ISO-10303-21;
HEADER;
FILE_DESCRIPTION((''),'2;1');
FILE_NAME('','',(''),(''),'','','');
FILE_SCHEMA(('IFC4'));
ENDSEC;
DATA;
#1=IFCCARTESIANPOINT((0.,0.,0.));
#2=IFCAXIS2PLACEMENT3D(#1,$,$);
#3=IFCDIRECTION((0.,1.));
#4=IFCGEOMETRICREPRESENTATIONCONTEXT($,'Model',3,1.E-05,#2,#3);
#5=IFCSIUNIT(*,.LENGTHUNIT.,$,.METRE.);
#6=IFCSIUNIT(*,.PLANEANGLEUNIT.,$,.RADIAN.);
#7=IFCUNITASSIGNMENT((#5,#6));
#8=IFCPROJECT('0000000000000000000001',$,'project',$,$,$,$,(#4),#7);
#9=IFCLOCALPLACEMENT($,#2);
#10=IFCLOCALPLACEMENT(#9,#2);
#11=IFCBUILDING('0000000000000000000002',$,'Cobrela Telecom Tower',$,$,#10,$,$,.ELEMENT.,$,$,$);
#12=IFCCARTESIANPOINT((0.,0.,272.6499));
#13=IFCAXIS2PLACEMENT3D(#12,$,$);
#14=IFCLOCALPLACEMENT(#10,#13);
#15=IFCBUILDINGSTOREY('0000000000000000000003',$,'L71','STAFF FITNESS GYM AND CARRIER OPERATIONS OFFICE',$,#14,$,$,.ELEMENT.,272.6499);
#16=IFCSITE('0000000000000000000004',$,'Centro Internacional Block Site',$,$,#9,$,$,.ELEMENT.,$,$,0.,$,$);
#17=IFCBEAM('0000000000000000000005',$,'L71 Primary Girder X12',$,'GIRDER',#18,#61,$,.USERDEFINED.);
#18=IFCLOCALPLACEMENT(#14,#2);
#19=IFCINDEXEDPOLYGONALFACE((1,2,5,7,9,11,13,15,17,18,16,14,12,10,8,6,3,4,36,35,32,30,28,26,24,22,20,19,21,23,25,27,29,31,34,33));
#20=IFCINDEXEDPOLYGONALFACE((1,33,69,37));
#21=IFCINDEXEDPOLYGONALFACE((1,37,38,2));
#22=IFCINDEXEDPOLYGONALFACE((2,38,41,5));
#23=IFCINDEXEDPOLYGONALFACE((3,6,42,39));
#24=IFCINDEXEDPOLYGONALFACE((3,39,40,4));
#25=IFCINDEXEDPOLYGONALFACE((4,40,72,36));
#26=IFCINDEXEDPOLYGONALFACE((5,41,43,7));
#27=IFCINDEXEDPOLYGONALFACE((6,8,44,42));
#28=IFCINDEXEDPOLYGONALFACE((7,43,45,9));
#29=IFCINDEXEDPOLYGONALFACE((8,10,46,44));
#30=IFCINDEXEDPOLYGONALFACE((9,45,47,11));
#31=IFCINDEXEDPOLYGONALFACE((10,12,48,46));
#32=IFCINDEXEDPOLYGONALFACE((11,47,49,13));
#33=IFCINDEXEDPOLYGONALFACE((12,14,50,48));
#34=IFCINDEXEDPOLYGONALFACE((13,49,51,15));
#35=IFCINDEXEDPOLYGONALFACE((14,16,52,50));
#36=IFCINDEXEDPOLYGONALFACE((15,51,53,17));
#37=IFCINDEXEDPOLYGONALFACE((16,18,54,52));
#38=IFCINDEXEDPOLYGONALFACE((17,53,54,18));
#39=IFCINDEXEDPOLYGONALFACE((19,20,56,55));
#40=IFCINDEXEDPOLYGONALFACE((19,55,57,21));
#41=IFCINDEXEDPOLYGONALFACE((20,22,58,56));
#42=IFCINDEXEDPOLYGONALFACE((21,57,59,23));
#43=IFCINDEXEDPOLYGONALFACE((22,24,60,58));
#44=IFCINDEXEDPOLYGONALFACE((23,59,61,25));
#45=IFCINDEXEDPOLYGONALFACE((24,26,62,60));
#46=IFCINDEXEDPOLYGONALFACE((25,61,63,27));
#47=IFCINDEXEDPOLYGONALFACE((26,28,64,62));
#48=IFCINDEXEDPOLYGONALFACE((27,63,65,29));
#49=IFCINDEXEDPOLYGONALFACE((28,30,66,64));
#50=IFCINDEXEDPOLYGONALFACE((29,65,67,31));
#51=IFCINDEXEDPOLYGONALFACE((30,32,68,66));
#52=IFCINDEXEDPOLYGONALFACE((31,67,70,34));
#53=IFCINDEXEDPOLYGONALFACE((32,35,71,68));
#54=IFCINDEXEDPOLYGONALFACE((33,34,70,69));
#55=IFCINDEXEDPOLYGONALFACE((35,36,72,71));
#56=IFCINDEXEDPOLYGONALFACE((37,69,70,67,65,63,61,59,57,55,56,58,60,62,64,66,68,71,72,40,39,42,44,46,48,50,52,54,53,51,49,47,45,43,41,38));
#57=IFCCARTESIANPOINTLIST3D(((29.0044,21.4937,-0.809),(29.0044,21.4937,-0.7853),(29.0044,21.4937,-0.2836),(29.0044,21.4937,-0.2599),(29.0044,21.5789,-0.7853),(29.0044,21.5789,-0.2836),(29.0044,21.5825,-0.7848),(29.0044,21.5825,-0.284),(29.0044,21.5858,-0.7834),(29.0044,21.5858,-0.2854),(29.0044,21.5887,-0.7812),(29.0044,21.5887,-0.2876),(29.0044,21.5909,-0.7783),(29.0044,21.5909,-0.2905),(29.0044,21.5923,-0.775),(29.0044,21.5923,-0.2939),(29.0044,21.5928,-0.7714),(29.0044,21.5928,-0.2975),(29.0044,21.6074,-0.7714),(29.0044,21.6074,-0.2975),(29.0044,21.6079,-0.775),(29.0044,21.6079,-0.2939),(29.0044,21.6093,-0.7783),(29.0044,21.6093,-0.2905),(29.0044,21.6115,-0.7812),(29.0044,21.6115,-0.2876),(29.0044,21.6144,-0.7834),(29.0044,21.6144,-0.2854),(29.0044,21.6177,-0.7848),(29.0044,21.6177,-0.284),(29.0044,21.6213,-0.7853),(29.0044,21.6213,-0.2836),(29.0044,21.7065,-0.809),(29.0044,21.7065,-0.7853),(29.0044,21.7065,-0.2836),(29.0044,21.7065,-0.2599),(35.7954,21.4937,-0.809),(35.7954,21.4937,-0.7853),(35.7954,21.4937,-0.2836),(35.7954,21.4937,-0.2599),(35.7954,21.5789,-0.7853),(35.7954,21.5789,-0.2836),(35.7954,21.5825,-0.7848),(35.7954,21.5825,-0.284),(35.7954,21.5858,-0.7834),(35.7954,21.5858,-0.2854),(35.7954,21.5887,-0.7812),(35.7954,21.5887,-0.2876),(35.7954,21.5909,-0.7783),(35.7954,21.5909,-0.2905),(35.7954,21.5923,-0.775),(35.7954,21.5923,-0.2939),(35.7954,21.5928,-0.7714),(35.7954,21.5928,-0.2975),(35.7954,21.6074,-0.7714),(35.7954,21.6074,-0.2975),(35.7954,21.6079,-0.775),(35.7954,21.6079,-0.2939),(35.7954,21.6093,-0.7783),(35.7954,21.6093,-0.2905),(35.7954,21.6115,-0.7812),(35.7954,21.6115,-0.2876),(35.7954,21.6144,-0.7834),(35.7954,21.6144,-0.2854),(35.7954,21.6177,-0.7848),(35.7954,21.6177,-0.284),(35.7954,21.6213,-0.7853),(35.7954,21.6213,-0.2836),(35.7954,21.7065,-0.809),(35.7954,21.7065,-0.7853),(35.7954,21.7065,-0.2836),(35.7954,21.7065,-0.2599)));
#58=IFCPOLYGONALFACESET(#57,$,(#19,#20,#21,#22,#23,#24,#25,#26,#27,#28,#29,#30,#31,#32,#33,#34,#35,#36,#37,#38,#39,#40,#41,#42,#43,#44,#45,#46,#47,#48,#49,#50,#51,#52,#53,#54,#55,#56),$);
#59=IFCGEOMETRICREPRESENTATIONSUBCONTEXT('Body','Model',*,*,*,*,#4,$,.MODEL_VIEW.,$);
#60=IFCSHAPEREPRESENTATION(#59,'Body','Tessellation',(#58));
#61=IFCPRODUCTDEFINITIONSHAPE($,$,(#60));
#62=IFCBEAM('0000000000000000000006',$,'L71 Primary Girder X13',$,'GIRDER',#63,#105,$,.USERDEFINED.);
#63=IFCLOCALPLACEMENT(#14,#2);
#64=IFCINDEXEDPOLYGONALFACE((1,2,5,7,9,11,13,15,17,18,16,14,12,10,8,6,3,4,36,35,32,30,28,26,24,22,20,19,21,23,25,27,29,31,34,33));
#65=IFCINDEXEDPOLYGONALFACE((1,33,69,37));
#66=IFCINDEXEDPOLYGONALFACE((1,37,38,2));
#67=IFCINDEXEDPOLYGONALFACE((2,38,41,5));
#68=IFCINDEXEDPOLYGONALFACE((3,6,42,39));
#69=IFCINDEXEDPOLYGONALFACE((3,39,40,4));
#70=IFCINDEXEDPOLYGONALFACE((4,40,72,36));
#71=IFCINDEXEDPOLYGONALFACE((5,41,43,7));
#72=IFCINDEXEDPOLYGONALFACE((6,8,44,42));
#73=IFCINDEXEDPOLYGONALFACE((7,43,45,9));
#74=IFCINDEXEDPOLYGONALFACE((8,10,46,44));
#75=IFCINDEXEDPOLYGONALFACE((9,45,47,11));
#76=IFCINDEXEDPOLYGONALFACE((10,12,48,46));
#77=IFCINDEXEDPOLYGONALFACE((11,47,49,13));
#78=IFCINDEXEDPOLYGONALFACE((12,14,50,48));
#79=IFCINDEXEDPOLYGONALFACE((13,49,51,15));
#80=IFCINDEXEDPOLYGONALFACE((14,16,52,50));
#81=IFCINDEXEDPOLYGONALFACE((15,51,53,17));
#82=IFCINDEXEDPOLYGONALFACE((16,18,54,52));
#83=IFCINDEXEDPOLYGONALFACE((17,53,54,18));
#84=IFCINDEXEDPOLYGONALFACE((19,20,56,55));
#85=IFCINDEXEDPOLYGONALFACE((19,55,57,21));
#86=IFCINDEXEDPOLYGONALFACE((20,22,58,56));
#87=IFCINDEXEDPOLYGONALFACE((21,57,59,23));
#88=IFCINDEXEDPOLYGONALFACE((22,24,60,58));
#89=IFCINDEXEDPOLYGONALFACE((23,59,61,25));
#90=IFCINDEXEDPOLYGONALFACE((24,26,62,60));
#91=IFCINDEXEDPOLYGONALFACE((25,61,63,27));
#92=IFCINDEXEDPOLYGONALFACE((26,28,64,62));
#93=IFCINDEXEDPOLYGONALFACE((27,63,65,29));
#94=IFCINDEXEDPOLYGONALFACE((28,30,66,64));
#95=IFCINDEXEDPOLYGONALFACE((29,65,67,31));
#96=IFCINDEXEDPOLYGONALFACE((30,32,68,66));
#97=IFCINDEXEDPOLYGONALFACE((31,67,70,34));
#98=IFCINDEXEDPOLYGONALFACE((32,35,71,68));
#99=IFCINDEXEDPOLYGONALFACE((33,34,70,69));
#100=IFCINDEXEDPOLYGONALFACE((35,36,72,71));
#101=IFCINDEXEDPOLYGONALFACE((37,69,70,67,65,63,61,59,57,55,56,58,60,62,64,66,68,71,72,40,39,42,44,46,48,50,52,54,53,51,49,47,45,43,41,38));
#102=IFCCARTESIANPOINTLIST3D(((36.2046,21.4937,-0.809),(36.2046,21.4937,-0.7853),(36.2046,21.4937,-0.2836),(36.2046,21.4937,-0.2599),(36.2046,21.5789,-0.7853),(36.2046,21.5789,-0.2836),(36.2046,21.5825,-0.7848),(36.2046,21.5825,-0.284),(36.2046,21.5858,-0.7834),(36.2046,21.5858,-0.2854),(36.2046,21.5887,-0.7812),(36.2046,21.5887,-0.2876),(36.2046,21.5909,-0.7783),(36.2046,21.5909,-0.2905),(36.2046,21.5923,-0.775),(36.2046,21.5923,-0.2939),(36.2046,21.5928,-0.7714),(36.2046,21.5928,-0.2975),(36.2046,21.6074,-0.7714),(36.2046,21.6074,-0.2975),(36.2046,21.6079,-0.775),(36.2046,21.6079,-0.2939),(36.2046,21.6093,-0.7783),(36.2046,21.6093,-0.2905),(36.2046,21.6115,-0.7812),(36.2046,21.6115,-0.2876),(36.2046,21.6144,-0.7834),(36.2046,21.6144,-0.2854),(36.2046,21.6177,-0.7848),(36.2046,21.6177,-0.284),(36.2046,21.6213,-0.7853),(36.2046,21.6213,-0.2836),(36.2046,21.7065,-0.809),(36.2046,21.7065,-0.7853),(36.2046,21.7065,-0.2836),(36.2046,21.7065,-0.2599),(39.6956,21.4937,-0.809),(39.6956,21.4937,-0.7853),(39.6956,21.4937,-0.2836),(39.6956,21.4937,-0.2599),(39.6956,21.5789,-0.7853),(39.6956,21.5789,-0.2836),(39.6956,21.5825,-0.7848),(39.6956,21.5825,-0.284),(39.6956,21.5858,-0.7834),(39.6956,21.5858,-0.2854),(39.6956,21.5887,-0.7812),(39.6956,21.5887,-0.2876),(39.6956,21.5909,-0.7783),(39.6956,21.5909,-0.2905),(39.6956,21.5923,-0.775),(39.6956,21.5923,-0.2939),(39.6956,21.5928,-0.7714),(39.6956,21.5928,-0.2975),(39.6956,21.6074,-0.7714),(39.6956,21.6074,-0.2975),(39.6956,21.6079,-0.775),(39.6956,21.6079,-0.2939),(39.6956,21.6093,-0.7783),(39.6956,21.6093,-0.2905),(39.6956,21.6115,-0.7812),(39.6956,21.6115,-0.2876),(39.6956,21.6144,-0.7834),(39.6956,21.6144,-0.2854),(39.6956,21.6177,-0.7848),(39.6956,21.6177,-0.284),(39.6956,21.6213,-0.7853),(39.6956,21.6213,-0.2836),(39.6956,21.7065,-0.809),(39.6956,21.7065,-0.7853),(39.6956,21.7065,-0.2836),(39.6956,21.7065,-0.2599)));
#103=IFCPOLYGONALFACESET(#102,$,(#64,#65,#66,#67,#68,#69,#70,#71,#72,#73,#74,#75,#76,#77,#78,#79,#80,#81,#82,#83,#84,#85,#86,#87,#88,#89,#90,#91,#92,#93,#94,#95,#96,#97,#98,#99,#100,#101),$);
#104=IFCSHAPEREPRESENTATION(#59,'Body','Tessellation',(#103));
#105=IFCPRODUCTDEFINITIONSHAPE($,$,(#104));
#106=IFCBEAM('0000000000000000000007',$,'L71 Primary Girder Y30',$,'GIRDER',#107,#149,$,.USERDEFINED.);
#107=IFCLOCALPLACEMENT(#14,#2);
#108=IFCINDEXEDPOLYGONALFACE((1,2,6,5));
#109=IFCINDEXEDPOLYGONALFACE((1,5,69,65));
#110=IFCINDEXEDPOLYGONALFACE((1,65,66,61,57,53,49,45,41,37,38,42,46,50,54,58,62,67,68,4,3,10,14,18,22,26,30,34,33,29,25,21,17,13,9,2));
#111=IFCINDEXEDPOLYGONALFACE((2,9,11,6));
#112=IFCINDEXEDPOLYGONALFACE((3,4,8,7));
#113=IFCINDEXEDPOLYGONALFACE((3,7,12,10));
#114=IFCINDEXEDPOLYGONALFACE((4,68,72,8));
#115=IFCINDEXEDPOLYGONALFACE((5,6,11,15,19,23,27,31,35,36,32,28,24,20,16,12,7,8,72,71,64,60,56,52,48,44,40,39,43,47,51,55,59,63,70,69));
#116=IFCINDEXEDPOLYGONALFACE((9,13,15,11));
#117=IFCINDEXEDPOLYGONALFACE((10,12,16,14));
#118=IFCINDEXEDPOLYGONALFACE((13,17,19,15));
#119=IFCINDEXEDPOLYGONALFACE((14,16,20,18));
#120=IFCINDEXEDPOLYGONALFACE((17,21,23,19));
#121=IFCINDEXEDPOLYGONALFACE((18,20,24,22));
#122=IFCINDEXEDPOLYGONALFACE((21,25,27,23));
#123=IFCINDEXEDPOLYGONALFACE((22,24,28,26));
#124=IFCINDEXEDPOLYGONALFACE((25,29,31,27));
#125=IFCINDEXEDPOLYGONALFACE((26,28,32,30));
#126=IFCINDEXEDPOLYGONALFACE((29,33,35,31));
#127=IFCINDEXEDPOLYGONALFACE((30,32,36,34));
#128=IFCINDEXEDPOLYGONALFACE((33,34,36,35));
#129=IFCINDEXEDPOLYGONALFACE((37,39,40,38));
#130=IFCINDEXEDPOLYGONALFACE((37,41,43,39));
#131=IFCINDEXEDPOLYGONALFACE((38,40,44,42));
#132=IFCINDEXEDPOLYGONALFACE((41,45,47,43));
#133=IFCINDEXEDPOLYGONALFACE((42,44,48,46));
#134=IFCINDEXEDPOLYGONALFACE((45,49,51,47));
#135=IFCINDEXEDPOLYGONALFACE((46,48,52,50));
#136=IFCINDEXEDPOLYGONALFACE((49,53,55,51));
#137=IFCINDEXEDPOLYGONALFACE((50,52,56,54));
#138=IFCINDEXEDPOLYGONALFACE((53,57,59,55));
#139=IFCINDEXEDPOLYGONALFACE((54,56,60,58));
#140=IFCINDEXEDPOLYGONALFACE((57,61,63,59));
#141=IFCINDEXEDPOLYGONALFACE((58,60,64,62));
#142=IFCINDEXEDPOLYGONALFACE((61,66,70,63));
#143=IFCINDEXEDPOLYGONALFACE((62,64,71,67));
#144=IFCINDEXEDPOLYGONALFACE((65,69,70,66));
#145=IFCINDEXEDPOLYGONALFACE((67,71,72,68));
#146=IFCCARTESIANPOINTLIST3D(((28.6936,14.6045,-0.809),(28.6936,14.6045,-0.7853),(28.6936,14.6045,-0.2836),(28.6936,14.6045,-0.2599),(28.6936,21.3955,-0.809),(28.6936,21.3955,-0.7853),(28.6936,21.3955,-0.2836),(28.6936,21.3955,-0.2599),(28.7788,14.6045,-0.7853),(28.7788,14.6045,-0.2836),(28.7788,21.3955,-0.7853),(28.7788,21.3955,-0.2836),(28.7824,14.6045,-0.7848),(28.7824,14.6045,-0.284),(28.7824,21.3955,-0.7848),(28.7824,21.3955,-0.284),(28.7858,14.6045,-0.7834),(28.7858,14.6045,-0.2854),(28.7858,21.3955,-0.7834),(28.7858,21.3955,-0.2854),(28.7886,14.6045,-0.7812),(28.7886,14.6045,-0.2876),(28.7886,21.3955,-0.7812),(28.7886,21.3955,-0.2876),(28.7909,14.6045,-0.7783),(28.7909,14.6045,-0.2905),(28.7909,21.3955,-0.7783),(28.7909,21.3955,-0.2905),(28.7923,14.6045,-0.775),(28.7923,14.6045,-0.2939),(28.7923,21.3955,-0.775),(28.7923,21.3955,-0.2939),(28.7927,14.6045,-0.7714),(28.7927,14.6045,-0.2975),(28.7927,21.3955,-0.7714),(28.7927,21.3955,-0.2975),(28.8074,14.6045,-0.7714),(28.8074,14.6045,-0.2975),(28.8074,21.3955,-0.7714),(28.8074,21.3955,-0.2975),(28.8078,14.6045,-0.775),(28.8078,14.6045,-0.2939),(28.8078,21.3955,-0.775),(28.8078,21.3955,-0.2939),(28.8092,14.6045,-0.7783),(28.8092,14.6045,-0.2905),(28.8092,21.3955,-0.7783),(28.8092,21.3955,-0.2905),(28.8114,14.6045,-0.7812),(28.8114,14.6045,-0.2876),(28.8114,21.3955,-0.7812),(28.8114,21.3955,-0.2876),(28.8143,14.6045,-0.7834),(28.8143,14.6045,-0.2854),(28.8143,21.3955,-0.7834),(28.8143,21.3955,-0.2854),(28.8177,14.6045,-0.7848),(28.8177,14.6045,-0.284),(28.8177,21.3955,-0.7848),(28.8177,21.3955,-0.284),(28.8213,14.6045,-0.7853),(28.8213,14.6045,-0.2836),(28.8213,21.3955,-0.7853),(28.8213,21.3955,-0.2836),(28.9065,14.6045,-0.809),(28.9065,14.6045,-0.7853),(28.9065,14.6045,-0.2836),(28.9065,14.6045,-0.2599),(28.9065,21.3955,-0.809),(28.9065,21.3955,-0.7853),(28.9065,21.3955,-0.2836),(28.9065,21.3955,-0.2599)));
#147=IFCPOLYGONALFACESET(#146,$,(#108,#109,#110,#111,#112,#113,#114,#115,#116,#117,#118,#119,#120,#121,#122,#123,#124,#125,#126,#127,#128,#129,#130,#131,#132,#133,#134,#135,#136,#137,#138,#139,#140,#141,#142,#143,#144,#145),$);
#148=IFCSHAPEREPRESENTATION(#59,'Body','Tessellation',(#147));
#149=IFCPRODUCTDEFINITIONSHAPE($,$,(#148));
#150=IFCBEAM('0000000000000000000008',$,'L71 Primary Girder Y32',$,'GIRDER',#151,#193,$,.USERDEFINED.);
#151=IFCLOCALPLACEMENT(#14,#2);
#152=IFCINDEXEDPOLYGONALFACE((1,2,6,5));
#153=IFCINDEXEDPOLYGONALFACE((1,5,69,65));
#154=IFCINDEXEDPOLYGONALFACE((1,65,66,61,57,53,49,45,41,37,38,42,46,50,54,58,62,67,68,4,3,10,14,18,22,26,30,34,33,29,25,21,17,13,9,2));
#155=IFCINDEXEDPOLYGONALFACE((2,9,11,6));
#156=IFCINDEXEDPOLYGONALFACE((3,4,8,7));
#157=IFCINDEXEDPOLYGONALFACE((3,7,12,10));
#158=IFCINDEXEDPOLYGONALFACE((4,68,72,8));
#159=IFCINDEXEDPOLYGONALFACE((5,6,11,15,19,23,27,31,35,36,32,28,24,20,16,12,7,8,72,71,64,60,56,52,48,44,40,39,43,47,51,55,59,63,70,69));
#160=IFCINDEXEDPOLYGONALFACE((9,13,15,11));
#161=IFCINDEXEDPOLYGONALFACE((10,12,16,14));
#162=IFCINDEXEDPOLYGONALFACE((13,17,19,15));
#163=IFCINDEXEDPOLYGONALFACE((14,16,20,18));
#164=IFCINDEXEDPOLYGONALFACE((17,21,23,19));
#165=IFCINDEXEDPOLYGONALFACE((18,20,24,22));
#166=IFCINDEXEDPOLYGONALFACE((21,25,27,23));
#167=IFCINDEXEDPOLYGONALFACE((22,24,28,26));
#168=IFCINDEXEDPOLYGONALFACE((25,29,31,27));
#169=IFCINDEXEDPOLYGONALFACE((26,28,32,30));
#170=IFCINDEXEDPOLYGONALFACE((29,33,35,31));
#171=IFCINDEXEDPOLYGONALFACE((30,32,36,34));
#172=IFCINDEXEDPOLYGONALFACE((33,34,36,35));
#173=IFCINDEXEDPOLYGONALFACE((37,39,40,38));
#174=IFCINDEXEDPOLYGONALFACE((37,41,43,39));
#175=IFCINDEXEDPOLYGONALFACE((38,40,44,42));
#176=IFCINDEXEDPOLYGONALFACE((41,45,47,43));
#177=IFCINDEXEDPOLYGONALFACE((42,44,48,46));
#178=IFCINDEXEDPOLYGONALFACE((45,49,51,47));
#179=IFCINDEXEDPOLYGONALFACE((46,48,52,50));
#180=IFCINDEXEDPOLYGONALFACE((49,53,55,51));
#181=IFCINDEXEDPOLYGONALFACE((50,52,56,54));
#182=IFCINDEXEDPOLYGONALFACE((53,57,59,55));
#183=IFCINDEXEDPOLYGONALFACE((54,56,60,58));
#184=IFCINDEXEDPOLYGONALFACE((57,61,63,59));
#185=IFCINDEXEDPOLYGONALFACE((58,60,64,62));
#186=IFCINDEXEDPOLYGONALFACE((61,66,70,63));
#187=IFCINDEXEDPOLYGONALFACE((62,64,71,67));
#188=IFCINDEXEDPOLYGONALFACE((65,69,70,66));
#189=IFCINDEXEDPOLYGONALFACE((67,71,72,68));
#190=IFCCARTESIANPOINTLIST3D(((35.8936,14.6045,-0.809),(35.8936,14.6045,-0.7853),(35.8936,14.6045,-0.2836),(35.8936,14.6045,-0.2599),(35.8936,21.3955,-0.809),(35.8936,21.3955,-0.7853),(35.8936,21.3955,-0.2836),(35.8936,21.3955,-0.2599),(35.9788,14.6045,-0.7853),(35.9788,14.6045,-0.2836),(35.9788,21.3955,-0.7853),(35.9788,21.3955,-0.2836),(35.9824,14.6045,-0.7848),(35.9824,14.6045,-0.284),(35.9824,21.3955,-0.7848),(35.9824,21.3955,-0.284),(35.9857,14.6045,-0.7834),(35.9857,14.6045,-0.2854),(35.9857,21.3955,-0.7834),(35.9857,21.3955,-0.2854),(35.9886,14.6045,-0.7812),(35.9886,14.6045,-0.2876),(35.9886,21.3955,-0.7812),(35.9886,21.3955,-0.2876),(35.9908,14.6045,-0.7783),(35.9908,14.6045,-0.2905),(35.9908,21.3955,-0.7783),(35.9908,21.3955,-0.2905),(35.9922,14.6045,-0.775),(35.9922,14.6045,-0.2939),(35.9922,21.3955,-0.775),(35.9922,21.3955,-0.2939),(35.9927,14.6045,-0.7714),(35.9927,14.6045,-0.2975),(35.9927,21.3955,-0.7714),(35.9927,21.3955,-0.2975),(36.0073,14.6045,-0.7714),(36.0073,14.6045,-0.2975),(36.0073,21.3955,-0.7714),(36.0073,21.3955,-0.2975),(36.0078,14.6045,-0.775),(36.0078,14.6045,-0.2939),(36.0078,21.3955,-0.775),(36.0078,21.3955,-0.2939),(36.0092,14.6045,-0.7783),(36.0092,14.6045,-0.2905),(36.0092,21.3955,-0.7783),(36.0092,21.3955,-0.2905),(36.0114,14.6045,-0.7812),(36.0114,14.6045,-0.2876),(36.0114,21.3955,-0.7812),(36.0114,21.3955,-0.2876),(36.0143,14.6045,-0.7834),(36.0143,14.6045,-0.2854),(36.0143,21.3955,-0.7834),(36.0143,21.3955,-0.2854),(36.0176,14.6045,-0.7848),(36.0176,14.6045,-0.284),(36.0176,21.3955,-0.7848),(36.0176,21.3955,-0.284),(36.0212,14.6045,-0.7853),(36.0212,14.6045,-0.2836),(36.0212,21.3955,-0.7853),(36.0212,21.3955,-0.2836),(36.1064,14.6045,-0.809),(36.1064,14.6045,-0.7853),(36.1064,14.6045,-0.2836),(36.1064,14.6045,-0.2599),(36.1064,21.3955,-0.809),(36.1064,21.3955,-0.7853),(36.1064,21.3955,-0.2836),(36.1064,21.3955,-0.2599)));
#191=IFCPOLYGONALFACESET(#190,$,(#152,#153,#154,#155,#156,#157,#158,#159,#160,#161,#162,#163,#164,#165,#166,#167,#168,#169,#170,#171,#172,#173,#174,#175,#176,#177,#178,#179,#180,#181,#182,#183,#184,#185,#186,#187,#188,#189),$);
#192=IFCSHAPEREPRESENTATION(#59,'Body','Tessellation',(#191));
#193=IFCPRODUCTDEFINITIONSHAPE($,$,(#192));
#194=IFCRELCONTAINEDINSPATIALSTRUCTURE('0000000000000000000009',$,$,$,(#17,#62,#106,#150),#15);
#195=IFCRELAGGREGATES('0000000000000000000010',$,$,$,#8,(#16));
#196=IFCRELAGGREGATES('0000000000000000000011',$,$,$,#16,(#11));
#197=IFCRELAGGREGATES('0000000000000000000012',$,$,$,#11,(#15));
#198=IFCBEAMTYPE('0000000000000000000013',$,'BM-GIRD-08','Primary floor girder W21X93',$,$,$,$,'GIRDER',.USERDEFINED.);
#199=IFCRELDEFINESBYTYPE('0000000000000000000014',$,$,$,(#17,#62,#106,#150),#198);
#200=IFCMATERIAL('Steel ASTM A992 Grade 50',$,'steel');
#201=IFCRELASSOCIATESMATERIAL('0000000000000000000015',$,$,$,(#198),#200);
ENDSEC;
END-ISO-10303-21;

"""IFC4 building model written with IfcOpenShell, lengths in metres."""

from ifc_helpers import new_model, si_unit, direction, frame, origin, origin_2d, place, context, subcontext, project, spatial, i_section, extrude, material, material_profile, profile_set, type_object, element, save


model = new_model("IFC4")

# Units and contexts
model_context = context("Model", 3, precision=1e-05, world=origin(), true_north=direction((0.0, 1.0)))
body_context = subcontext(model_context, "Body", "Model", "MODEL_VIEW")
ifc_project = project(units=[si_unit("LENGTHUNIT", "METRE"), si_unit("PLANEANGLEUNIT", "RADIAN")], contexts=[model_context])

# Site, building, storey
site_placement = place(None, origin())
site = spatial("IfcSite", under=ifc_project, at=site_placement, Name="Centro Internacional Block Site", CompositionType="ELEMENT", RefElevation=0.0)
building_placement = place(site_placement, origin())
building = spatial("IfcBuilding", under=site, at=building_placement, Name="Cobrela Telecom Tower", CompositionType="ELEMENT")
storey_placement = place(building_placement, frame((0.0, 0.0, 272.6499)))
storey = spatial("IfcBuildingStorey", under=building, at=storey_placement, Name="L71", Description="STAFF FITNESS GYM AND CARRIER OPERATIONS OFFICE", CompositionType="ELEMENT", Elevation=272.6499)

# Shared definitions
ifc_material_1 = material(Name="Steel ASTM A992 Grade 50", Category="steel")

# Beams
ifc_material_profile_1 = material_profile(ifc_material_1, i_section(OverallWidth=0.2129, OverallDepth=0.5491, WebThickness=0.0146, FlangeThickness=0.0237, FilletRadius=0.0139, at=origin_2d()), Name="W21X93")
ifc_profile_set_1 = profile_set([ifc_material_profile_1], Name="Steel ASTM A992 Grade 50")
beam_type_1 = type_object("IfcBeamType", Name="BM-GIRD-08", Description="Primary floor girder W21X93", ElementType="GIRDER", PredefinedType="USERDEFINED", material=ifc_profile_set_1)
beam_1_placement = place(storey_placement, frame((29.0044, 21.6001, -0.5344), z_axis=(1.0, 0.0, 0.0), x_axis=(0.0, 1.0, 0.0)))
element("IfcBeam", 1, at=beam_1_placement, inside=storey, type_object=beam_type_1, Name="L71 Primary Girder X12", ObjectType="GIRDER", PredefinedType="USERDEFINED", context=body_context, shape_type="SweptSolid", body=[
    extrude(i_section(OverallWidth=0.2129, OverallDepth=0.5491, WebThickness=0.0146, FlangeThickness=0.0237, FilletRadius=0.0139, at=origin_2d()), origin(), (0.0, 0.0, 1.0), 6.791),
])
beam_2_placement = place(storey_placement, frame((36.2046, 21.6001, -0.5344), z_axis=(1.0, 0.0, 0.0), x_axis=(0.0, 1.0, 0.0)))
element("IfcBeam", 2, at=beam_2_placement, inside=storey, type_object=beam_type_1, Name="L71 Primary Girder X13", ObjectType="GIRDER", PredefinedType="USERDEFINED", context=body_context, shape_type="SweptSolid", body=[
    extrude(i_section(OverallWidth=0.2129, OverallDepth=0.5491, WebThickness=0.0146, FlangeThickness=0.0237, FilletRadius=0.0139, at=origin_2d()), origin(), (0.0, 0.0, 1.0), 3.491),
])
for number, where, z_axis, x_axis, name in (
    (3, (28.8, 14.6045, -0.5344), (0.0, 1.0, 0.0), (-1.0, 0.0, 0.0), "L71 Primary Girder Y30"),
    (4, (36.0, 14.6045, -0.5344), (0.0, 1.0, 0.0), (-1.0, 0.0, 0.0), "L71 Primary Girder Y32"),
):
    element("IfcBeam", number, at=place(storey_placement, frame(where, z_axis=z_axis, x_axis=x_axis)), inside=storey, type_object=beam_type_1, Name=name, ObjectType="GIRDER", PredefinedType="USERDEFINED", context=body_context, shape_type="SweptSolid", body=[
        extrude(i_section(OverallWidth=0.2129, OverallDepth=0.5491, WebThickness=0.0146, FlangeThickness=0.0237, FilletRadius=0.0139, at=origin_2d()), origin(), (0.0, 0.0, 1.0), 6.791),
    ])

save(model, "model.ifc")
